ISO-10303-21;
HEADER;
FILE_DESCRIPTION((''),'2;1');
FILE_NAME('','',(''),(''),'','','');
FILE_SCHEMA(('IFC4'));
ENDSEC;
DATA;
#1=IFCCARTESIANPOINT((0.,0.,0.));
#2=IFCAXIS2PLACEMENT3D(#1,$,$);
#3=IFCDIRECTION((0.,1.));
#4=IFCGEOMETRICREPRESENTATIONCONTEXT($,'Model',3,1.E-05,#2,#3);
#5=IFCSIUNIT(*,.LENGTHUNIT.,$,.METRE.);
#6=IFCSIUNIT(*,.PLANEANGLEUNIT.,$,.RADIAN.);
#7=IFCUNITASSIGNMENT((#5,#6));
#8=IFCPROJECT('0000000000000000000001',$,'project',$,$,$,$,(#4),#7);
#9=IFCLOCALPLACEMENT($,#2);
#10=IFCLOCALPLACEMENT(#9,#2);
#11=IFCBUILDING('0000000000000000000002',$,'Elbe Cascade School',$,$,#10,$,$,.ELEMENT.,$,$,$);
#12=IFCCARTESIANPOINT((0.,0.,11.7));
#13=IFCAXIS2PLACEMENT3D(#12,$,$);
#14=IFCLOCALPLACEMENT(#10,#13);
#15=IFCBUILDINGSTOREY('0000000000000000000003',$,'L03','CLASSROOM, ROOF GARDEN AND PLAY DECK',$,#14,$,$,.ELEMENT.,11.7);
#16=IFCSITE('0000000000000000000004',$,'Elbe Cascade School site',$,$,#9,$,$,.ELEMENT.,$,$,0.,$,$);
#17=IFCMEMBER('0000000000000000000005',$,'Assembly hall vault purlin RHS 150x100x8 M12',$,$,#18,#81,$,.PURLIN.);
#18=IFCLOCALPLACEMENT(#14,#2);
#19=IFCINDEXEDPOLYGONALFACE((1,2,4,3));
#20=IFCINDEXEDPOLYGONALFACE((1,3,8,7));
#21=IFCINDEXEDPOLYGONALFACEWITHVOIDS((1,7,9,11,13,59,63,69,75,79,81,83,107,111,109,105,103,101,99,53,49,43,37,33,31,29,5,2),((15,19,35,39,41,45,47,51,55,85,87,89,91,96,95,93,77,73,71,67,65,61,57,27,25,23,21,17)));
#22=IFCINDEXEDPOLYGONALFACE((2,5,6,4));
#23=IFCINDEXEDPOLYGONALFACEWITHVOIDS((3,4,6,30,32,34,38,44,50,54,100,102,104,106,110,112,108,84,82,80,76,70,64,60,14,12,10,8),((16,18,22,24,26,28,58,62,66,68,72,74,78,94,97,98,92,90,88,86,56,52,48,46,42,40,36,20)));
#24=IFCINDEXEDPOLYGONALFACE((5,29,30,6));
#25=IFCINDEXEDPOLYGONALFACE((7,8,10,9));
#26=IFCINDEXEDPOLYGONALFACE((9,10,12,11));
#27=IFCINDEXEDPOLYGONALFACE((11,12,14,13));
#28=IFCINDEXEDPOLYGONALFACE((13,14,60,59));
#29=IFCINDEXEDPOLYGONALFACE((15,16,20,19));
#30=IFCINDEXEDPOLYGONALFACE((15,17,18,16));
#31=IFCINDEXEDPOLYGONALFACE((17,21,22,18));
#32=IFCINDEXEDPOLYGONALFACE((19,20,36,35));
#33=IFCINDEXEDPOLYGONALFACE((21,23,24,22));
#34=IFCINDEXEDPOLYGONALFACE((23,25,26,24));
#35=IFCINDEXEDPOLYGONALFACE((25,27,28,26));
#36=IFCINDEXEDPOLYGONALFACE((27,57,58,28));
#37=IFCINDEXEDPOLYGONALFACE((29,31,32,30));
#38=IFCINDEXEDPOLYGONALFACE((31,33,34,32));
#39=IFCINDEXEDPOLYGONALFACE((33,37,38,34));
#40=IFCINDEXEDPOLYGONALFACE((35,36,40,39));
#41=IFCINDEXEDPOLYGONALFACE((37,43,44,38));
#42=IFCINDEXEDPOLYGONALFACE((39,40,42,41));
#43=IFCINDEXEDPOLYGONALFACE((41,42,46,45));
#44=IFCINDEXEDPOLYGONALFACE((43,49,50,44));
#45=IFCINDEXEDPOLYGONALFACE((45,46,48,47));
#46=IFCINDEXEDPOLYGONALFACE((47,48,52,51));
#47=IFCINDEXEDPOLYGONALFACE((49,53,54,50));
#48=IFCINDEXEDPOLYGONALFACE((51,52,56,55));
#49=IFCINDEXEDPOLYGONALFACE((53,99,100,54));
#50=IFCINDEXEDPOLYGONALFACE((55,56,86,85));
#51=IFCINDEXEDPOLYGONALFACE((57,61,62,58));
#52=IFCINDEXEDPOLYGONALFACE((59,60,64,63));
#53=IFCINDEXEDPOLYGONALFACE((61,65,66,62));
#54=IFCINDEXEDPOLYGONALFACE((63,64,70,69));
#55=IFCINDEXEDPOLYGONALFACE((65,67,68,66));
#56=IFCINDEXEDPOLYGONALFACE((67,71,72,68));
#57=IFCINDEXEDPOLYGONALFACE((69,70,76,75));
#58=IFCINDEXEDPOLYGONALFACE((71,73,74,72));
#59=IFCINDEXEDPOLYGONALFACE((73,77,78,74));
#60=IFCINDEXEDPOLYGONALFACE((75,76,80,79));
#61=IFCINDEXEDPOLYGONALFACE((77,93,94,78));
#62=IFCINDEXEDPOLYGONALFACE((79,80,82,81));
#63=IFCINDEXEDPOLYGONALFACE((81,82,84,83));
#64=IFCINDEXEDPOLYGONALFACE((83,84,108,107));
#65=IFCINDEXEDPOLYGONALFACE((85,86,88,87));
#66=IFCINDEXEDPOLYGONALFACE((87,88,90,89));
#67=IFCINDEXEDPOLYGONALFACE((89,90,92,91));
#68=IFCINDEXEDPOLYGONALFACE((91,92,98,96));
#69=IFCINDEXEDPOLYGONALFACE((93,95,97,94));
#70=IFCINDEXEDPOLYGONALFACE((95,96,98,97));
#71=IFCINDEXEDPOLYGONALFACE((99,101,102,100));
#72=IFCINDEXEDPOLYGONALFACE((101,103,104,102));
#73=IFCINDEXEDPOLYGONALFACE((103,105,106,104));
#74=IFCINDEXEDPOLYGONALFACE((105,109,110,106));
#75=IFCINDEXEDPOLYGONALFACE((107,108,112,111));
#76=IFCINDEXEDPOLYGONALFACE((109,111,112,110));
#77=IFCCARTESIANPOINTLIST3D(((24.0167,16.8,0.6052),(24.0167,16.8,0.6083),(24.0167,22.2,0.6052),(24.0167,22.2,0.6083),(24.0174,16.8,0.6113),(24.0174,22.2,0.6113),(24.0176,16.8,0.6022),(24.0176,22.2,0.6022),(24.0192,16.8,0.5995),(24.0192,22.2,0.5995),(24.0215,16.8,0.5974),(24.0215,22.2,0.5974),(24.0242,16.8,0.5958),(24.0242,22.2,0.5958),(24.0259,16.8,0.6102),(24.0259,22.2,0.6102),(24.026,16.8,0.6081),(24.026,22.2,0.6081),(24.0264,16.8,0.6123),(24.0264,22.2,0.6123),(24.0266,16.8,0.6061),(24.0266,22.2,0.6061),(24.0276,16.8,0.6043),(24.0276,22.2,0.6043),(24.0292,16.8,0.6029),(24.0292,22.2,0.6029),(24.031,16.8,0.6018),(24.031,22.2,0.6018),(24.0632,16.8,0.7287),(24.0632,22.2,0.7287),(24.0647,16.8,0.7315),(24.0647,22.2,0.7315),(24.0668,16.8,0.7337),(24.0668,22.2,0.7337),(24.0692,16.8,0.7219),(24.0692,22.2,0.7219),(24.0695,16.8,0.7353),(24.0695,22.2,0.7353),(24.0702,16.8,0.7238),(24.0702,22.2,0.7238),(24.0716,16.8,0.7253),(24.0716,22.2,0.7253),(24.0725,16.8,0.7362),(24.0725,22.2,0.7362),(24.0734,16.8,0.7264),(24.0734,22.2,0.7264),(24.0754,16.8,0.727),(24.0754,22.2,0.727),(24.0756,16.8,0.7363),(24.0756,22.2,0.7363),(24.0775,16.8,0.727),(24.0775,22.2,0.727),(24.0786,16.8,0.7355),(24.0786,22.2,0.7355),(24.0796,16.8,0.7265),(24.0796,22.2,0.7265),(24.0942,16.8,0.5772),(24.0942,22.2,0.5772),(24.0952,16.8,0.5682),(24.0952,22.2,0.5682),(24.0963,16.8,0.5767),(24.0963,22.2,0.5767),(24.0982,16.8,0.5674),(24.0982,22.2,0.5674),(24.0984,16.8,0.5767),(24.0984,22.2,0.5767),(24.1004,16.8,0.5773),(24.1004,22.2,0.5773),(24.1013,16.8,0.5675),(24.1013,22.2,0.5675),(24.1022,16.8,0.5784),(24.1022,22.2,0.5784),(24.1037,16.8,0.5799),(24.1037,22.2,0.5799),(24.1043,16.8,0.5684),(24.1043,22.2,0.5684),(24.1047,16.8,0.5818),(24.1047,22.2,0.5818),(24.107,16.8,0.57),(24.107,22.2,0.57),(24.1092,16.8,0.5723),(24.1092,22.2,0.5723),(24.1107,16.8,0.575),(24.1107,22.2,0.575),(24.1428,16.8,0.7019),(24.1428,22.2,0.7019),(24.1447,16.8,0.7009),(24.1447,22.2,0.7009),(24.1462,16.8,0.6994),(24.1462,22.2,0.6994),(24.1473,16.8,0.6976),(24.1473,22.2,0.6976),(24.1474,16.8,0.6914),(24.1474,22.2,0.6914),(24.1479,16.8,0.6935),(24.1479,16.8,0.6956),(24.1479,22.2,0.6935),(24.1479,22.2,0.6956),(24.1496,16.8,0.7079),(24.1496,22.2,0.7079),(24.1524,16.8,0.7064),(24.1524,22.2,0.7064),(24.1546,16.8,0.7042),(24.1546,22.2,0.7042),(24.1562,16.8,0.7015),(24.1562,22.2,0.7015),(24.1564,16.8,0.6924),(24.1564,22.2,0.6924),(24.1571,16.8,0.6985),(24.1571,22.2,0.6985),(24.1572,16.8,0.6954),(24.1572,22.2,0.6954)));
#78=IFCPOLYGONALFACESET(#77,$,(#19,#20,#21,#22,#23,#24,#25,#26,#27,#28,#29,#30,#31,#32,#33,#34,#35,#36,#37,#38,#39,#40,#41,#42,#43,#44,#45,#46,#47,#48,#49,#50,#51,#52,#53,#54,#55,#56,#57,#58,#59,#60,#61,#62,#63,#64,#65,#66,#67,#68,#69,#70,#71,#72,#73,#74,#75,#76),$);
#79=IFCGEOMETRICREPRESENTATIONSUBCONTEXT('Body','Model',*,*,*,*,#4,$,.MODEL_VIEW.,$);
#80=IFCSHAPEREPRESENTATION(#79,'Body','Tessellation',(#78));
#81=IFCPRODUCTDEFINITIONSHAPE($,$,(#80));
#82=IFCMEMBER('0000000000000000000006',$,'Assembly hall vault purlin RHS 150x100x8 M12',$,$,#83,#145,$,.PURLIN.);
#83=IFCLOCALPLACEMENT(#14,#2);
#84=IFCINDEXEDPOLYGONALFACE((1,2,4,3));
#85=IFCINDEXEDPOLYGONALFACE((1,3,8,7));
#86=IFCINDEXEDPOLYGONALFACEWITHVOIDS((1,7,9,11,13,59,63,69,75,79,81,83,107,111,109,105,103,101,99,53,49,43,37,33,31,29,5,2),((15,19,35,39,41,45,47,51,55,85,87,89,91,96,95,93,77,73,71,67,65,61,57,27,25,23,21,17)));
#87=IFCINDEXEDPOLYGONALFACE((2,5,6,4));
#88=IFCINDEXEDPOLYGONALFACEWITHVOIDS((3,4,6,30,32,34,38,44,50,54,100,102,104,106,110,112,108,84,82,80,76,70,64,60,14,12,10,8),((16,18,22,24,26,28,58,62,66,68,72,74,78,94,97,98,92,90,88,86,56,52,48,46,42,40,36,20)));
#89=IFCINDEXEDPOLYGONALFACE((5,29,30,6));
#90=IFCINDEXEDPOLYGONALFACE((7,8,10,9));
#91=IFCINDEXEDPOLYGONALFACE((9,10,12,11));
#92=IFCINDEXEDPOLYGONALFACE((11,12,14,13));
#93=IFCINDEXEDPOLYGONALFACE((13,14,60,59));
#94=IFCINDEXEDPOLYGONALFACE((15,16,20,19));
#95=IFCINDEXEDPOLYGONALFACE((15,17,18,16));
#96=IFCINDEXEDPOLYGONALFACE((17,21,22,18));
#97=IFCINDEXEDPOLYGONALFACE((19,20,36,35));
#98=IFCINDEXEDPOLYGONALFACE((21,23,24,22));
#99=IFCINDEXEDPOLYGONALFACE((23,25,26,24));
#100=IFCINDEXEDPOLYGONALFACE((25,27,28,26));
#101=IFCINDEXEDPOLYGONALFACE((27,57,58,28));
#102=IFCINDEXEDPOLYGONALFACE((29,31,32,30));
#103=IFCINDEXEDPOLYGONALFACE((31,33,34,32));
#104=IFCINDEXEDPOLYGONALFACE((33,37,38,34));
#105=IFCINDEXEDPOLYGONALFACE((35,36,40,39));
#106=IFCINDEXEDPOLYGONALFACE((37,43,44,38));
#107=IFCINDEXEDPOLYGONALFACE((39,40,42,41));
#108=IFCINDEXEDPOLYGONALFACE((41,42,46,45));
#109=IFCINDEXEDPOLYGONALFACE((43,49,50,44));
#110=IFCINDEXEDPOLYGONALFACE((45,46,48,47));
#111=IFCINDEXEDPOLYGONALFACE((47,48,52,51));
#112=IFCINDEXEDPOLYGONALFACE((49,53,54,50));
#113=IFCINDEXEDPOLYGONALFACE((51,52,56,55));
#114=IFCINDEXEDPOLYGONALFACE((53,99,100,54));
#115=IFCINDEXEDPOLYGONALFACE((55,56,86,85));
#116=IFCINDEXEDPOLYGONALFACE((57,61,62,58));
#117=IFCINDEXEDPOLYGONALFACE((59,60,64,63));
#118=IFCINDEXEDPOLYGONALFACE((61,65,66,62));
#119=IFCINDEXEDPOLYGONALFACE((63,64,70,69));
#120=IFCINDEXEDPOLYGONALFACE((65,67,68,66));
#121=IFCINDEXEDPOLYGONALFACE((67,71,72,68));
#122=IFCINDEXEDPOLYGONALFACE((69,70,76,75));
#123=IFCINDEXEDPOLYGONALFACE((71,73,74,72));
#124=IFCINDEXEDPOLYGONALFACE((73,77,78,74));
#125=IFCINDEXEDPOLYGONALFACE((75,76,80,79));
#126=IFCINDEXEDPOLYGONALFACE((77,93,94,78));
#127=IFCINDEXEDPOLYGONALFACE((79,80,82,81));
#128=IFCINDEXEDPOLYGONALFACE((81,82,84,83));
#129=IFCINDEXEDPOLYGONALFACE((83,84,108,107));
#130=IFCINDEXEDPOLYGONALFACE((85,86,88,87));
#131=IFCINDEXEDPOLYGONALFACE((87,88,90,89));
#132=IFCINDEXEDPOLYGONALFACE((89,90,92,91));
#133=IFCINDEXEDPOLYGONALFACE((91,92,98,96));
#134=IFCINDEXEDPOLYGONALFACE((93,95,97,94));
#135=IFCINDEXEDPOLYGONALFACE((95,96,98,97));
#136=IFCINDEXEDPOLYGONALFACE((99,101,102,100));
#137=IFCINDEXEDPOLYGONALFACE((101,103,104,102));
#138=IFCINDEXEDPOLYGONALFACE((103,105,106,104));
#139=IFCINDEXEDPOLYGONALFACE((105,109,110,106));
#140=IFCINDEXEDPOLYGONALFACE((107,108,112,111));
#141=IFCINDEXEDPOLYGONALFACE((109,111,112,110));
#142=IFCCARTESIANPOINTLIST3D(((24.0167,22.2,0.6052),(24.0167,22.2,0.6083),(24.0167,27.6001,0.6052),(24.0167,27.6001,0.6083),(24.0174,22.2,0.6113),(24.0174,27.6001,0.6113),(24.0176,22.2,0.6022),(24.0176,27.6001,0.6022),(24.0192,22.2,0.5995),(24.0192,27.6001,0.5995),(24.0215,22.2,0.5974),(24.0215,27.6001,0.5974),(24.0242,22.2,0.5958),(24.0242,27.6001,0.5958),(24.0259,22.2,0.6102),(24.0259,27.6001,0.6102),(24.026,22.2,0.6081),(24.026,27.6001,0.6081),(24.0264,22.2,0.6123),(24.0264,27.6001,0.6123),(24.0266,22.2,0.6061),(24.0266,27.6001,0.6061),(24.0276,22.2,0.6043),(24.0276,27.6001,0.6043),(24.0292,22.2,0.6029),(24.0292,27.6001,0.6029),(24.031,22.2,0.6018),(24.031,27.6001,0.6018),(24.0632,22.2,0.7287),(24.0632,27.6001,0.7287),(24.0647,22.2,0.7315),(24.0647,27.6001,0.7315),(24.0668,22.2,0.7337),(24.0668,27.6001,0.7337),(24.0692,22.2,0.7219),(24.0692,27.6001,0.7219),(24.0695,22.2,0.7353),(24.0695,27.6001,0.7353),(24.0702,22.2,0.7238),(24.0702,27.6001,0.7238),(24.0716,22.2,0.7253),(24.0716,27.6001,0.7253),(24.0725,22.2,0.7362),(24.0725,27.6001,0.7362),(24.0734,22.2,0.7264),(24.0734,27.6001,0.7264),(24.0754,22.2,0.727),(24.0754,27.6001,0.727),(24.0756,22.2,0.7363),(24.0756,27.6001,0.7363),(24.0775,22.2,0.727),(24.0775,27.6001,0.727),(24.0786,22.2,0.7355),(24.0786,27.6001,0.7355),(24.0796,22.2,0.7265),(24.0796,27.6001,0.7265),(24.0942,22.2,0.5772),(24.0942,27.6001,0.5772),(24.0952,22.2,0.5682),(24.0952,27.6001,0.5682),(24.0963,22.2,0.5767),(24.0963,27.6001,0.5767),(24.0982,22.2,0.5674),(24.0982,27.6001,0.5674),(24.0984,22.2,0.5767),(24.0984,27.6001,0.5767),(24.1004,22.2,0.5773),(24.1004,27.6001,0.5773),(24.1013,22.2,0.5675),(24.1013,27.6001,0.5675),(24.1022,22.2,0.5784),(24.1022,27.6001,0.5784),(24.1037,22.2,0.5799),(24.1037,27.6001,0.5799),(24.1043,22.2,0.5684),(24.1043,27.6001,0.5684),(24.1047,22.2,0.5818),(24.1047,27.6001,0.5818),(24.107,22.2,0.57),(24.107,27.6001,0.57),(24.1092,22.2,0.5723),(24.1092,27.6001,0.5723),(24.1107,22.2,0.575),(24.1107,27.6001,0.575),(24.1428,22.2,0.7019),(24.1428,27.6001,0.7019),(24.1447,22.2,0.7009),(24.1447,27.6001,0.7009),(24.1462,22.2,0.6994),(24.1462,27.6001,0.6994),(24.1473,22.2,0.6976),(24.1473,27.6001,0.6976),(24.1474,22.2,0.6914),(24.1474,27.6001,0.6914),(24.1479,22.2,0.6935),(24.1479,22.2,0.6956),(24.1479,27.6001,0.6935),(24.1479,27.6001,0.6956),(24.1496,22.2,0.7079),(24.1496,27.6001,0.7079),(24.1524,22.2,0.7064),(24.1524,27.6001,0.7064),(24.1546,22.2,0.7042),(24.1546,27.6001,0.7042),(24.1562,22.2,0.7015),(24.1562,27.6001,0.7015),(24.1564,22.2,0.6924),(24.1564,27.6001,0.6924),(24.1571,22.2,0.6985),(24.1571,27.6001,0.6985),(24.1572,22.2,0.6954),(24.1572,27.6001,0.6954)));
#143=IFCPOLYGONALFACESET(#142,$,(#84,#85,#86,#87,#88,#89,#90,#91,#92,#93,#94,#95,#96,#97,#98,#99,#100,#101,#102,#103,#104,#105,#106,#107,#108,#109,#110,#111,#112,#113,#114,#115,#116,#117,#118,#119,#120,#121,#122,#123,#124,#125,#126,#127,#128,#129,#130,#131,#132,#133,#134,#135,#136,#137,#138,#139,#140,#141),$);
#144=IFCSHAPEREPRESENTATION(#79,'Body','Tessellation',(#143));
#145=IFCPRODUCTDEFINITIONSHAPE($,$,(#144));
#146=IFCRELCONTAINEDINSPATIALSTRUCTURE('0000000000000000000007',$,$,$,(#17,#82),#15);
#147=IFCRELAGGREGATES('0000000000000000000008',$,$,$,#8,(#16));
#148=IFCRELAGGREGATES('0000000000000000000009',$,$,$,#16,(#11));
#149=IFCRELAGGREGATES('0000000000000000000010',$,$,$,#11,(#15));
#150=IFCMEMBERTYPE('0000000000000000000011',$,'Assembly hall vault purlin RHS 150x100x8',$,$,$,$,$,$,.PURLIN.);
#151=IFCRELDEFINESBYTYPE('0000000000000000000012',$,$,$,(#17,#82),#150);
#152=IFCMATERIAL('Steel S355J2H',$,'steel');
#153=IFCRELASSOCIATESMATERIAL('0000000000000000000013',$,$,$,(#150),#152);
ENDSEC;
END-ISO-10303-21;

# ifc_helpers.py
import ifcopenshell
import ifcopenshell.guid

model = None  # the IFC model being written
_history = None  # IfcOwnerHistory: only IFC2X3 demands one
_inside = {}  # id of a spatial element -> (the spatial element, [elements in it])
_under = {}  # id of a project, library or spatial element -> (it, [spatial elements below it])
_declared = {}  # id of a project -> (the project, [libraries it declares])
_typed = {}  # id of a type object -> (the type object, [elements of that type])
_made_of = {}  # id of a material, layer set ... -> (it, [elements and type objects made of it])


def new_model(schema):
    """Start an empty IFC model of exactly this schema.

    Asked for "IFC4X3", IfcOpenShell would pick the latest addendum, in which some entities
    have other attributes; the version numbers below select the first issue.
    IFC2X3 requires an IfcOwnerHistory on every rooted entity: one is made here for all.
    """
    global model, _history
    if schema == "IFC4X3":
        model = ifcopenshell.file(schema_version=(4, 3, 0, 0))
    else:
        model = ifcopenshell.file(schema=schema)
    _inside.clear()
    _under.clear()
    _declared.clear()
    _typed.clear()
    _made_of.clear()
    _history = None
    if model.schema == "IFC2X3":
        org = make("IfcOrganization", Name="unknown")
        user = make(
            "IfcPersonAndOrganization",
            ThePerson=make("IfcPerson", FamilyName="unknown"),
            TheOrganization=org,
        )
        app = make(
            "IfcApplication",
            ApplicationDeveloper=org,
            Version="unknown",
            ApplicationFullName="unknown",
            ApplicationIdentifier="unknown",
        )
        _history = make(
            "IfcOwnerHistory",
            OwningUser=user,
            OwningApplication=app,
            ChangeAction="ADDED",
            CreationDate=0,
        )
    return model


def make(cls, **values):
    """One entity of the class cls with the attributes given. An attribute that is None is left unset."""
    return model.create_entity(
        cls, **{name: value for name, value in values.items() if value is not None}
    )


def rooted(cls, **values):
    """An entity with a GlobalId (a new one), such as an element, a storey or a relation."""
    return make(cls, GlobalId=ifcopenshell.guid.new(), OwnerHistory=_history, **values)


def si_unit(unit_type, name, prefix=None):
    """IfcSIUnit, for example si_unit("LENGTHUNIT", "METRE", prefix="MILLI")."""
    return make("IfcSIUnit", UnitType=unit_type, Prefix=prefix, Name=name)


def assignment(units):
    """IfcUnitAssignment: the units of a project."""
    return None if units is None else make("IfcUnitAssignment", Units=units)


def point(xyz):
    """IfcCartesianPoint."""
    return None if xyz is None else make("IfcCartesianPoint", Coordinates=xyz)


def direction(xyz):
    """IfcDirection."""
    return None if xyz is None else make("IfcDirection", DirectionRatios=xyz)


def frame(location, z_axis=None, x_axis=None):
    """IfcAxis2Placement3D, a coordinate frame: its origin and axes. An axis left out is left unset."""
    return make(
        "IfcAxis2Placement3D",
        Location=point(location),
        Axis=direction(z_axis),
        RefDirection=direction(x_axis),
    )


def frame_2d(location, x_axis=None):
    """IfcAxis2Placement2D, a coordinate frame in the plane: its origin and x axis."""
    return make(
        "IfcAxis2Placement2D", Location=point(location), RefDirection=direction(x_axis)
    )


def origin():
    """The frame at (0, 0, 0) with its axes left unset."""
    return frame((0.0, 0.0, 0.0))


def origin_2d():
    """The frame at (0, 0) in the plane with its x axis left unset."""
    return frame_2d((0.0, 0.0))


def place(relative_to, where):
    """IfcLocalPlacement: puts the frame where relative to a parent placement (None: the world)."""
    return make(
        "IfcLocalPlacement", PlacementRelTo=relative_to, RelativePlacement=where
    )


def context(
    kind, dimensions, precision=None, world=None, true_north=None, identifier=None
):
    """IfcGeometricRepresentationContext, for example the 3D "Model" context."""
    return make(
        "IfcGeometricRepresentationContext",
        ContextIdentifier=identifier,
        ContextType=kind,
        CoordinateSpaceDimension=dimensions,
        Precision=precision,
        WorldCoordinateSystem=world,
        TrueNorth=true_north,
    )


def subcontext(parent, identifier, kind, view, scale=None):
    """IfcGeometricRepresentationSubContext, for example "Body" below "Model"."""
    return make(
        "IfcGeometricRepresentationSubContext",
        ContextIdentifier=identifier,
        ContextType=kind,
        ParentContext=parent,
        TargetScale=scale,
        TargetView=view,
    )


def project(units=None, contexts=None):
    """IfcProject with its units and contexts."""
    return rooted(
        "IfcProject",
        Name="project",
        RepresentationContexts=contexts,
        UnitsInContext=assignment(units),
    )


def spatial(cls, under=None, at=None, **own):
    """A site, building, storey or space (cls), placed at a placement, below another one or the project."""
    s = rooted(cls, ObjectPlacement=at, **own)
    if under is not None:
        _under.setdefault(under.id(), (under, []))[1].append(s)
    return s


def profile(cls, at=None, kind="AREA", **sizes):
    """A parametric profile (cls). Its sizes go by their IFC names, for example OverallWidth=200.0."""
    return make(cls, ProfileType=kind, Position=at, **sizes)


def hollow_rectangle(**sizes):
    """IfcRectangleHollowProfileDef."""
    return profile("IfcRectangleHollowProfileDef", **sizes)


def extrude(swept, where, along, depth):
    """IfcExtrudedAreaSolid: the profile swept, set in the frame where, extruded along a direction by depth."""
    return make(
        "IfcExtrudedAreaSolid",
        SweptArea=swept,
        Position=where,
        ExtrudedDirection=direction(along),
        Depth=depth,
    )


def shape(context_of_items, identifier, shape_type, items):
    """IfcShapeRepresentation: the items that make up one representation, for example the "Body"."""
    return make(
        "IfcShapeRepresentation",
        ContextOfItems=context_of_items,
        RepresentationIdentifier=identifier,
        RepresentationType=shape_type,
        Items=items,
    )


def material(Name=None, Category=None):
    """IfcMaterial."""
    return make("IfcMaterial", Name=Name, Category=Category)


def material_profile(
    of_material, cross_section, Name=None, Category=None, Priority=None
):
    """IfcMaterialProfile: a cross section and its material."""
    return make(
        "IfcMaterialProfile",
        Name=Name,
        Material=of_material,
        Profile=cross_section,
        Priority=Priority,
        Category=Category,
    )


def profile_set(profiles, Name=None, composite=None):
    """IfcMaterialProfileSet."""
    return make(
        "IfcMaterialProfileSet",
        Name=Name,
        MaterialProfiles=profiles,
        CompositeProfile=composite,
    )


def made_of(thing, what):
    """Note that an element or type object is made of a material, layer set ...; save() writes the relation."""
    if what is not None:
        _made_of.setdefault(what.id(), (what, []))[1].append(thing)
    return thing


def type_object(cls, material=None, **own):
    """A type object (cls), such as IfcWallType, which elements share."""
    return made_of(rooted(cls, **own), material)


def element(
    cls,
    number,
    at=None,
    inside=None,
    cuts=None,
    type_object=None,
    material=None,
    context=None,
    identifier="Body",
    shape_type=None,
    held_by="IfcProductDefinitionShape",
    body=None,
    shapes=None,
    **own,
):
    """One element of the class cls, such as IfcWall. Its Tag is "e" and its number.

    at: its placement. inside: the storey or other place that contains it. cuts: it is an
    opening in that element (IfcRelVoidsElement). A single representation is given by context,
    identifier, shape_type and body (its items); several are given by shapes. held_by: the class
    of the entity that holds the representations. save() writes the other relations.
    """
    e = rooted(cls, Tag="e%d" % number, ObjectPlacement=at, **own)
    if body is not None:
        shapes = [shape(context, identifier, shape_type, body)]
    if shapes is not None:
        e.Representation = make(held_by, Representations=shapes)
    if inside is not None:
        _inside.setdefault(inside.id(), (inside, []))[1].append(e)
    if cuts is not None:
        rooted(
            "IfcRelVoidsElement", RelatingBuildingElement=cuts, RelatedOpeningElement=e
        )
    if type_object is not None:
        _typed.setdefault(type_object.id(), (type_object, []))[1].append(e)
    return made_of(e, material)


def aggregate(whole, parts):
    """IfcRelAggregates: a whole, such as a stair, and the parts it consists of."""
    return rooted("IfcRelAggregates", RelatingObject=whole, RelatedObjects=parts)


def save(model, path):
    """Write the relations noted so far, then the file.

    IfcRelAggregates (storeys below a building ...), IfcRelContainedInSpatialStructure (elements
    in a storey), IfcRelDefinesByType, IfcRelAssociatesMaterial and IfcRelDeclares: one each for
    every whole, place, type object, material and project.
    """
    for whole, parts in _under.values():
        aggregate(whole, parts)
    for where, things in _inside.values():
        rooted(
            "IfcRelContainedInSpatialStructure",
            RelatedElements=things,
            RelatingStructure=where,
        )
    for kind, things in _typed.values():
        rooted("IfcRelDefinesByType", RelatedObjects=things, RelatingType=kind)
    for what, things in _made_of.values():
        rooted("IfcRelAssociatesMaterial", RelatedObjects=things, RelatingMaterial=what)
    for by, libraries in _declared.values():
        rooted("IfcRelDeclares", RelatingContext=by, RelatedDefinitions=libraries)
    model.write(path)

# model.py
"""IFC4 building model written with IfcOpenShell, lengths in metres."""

from ifc_helpers import new_model, si_unit, direction, frame, origin, origin_2d, place, context, subcontext, project, spatial, hollow_rectangle, extrude, material, material_profile, profile_set, type_object, element, save


model = new_model("IFC4")

# Units and contexts
model_context = context("Model", 3, precision=1e-05, world=origin(), true_north=direction((0.0, 1.0)))
body_context = subcontext(model_context, "Body", "Model", "MODEL_VIEW")
ifc_project = project(units=[si_unit("LENGTHUNIT", "METRE"), si_unit("PLANEANGLEUNIT", "RADIAN")], contexts=[model_context])

# Site, building, storey
site_placement = place(None, origin())
site = spatial("IfcSite", under=ifc_project, at=site_placement, Name="Elbe Cascade School site", CompositionType="ELEMENT", RefElevation=0.0)
building_placement = place(site_placement, origin())
building = spatial("IfcBuilding", under=site, at=building_placement, Name="Elbe Cascade School", CompositionType="ELEMENT")
storey_placement = place(building_placement, frame((0.0, 0.0, 11.7)))
storey = spatial("IfcBuildingStorey", under=building, at=storey_placement, Name="L03", Description="CLASSROOM, ROOF GARDEN AND PLAY DECK", CompositionType="ELEMENT", Elevation=11.7)

# Members
ifc_material_1 = material(Name="Steel S355J2H", Category="steel")
ifc_material_profile_1 = material_profile(ifc_material_1, hollow_rectangle(XDim=0.1001, YDim=0.1499, WallThickness=0.0081, InnerFilletRadius=0.0081, OuterFilletRadius=0.012, at=origin_2d()), Name="RHS 150x100x8")
ifc_profile_set_1 = profile_set([ifc_material_profile_1], Name="Steel S355J2H")
member_type_1 = type_object("IfcMemberType", Name="Assembly hall vault purlin RHS 150x100x8", PredefinedType="PURLIN", material=ifc_profile_set_1)
member_1_placement = place(storey_placement, frame((24.0869, 16.8, 0.6519), z_axis=(0.0, 1.0, 0.0), x_axis=(-0.93176, 0.0, 0.363076)))
element("IfcMember", 1, at=member_1_placement, inside=storey, type_object=member_type_1, Name="Assembly hall vault purlin RHS 150x100x8 M12", PredefinedType="PURLIN", context=body_context, shape_type="SweptSolid", body=[
    extrude(hollow_rectangle(XDim=0.1001, YDim=0.1499, WallThickness=0.0081, InnerFilletRadius=0.0081, OuterFilletRadius=0.012, at=origin_2d()), origin(), (0.0, 0.0, 1.0), 5.3999),
])
member_2_placement = place(storey_placement, frame((24.0869, 22.2, 0.6519), z_axis=(0.0, 1.0, 0.0), x_axis=(-0.93176, 0.0, 0.363076)))
element("IfcMember", 2, at=member_2_placement, inside=storey, type_object=member_type_1, Name="Assembly hall vault purlin RHS 150x100x8 M12", PredefinedType="PURLIN", context=body_context, shape_type="SweptSolid", body=[
    extrude(hollow_rectangle(XDim=0.1001, YDim=0.1499, WallThickness=0.0081, InnerFilletRadius=0.0081, OuterFilletRadius=0.012, at=origin_2d()), origin(), (0.0, 0.0, 1.0), 5.4001),
])

save(model, "model.ifc")
